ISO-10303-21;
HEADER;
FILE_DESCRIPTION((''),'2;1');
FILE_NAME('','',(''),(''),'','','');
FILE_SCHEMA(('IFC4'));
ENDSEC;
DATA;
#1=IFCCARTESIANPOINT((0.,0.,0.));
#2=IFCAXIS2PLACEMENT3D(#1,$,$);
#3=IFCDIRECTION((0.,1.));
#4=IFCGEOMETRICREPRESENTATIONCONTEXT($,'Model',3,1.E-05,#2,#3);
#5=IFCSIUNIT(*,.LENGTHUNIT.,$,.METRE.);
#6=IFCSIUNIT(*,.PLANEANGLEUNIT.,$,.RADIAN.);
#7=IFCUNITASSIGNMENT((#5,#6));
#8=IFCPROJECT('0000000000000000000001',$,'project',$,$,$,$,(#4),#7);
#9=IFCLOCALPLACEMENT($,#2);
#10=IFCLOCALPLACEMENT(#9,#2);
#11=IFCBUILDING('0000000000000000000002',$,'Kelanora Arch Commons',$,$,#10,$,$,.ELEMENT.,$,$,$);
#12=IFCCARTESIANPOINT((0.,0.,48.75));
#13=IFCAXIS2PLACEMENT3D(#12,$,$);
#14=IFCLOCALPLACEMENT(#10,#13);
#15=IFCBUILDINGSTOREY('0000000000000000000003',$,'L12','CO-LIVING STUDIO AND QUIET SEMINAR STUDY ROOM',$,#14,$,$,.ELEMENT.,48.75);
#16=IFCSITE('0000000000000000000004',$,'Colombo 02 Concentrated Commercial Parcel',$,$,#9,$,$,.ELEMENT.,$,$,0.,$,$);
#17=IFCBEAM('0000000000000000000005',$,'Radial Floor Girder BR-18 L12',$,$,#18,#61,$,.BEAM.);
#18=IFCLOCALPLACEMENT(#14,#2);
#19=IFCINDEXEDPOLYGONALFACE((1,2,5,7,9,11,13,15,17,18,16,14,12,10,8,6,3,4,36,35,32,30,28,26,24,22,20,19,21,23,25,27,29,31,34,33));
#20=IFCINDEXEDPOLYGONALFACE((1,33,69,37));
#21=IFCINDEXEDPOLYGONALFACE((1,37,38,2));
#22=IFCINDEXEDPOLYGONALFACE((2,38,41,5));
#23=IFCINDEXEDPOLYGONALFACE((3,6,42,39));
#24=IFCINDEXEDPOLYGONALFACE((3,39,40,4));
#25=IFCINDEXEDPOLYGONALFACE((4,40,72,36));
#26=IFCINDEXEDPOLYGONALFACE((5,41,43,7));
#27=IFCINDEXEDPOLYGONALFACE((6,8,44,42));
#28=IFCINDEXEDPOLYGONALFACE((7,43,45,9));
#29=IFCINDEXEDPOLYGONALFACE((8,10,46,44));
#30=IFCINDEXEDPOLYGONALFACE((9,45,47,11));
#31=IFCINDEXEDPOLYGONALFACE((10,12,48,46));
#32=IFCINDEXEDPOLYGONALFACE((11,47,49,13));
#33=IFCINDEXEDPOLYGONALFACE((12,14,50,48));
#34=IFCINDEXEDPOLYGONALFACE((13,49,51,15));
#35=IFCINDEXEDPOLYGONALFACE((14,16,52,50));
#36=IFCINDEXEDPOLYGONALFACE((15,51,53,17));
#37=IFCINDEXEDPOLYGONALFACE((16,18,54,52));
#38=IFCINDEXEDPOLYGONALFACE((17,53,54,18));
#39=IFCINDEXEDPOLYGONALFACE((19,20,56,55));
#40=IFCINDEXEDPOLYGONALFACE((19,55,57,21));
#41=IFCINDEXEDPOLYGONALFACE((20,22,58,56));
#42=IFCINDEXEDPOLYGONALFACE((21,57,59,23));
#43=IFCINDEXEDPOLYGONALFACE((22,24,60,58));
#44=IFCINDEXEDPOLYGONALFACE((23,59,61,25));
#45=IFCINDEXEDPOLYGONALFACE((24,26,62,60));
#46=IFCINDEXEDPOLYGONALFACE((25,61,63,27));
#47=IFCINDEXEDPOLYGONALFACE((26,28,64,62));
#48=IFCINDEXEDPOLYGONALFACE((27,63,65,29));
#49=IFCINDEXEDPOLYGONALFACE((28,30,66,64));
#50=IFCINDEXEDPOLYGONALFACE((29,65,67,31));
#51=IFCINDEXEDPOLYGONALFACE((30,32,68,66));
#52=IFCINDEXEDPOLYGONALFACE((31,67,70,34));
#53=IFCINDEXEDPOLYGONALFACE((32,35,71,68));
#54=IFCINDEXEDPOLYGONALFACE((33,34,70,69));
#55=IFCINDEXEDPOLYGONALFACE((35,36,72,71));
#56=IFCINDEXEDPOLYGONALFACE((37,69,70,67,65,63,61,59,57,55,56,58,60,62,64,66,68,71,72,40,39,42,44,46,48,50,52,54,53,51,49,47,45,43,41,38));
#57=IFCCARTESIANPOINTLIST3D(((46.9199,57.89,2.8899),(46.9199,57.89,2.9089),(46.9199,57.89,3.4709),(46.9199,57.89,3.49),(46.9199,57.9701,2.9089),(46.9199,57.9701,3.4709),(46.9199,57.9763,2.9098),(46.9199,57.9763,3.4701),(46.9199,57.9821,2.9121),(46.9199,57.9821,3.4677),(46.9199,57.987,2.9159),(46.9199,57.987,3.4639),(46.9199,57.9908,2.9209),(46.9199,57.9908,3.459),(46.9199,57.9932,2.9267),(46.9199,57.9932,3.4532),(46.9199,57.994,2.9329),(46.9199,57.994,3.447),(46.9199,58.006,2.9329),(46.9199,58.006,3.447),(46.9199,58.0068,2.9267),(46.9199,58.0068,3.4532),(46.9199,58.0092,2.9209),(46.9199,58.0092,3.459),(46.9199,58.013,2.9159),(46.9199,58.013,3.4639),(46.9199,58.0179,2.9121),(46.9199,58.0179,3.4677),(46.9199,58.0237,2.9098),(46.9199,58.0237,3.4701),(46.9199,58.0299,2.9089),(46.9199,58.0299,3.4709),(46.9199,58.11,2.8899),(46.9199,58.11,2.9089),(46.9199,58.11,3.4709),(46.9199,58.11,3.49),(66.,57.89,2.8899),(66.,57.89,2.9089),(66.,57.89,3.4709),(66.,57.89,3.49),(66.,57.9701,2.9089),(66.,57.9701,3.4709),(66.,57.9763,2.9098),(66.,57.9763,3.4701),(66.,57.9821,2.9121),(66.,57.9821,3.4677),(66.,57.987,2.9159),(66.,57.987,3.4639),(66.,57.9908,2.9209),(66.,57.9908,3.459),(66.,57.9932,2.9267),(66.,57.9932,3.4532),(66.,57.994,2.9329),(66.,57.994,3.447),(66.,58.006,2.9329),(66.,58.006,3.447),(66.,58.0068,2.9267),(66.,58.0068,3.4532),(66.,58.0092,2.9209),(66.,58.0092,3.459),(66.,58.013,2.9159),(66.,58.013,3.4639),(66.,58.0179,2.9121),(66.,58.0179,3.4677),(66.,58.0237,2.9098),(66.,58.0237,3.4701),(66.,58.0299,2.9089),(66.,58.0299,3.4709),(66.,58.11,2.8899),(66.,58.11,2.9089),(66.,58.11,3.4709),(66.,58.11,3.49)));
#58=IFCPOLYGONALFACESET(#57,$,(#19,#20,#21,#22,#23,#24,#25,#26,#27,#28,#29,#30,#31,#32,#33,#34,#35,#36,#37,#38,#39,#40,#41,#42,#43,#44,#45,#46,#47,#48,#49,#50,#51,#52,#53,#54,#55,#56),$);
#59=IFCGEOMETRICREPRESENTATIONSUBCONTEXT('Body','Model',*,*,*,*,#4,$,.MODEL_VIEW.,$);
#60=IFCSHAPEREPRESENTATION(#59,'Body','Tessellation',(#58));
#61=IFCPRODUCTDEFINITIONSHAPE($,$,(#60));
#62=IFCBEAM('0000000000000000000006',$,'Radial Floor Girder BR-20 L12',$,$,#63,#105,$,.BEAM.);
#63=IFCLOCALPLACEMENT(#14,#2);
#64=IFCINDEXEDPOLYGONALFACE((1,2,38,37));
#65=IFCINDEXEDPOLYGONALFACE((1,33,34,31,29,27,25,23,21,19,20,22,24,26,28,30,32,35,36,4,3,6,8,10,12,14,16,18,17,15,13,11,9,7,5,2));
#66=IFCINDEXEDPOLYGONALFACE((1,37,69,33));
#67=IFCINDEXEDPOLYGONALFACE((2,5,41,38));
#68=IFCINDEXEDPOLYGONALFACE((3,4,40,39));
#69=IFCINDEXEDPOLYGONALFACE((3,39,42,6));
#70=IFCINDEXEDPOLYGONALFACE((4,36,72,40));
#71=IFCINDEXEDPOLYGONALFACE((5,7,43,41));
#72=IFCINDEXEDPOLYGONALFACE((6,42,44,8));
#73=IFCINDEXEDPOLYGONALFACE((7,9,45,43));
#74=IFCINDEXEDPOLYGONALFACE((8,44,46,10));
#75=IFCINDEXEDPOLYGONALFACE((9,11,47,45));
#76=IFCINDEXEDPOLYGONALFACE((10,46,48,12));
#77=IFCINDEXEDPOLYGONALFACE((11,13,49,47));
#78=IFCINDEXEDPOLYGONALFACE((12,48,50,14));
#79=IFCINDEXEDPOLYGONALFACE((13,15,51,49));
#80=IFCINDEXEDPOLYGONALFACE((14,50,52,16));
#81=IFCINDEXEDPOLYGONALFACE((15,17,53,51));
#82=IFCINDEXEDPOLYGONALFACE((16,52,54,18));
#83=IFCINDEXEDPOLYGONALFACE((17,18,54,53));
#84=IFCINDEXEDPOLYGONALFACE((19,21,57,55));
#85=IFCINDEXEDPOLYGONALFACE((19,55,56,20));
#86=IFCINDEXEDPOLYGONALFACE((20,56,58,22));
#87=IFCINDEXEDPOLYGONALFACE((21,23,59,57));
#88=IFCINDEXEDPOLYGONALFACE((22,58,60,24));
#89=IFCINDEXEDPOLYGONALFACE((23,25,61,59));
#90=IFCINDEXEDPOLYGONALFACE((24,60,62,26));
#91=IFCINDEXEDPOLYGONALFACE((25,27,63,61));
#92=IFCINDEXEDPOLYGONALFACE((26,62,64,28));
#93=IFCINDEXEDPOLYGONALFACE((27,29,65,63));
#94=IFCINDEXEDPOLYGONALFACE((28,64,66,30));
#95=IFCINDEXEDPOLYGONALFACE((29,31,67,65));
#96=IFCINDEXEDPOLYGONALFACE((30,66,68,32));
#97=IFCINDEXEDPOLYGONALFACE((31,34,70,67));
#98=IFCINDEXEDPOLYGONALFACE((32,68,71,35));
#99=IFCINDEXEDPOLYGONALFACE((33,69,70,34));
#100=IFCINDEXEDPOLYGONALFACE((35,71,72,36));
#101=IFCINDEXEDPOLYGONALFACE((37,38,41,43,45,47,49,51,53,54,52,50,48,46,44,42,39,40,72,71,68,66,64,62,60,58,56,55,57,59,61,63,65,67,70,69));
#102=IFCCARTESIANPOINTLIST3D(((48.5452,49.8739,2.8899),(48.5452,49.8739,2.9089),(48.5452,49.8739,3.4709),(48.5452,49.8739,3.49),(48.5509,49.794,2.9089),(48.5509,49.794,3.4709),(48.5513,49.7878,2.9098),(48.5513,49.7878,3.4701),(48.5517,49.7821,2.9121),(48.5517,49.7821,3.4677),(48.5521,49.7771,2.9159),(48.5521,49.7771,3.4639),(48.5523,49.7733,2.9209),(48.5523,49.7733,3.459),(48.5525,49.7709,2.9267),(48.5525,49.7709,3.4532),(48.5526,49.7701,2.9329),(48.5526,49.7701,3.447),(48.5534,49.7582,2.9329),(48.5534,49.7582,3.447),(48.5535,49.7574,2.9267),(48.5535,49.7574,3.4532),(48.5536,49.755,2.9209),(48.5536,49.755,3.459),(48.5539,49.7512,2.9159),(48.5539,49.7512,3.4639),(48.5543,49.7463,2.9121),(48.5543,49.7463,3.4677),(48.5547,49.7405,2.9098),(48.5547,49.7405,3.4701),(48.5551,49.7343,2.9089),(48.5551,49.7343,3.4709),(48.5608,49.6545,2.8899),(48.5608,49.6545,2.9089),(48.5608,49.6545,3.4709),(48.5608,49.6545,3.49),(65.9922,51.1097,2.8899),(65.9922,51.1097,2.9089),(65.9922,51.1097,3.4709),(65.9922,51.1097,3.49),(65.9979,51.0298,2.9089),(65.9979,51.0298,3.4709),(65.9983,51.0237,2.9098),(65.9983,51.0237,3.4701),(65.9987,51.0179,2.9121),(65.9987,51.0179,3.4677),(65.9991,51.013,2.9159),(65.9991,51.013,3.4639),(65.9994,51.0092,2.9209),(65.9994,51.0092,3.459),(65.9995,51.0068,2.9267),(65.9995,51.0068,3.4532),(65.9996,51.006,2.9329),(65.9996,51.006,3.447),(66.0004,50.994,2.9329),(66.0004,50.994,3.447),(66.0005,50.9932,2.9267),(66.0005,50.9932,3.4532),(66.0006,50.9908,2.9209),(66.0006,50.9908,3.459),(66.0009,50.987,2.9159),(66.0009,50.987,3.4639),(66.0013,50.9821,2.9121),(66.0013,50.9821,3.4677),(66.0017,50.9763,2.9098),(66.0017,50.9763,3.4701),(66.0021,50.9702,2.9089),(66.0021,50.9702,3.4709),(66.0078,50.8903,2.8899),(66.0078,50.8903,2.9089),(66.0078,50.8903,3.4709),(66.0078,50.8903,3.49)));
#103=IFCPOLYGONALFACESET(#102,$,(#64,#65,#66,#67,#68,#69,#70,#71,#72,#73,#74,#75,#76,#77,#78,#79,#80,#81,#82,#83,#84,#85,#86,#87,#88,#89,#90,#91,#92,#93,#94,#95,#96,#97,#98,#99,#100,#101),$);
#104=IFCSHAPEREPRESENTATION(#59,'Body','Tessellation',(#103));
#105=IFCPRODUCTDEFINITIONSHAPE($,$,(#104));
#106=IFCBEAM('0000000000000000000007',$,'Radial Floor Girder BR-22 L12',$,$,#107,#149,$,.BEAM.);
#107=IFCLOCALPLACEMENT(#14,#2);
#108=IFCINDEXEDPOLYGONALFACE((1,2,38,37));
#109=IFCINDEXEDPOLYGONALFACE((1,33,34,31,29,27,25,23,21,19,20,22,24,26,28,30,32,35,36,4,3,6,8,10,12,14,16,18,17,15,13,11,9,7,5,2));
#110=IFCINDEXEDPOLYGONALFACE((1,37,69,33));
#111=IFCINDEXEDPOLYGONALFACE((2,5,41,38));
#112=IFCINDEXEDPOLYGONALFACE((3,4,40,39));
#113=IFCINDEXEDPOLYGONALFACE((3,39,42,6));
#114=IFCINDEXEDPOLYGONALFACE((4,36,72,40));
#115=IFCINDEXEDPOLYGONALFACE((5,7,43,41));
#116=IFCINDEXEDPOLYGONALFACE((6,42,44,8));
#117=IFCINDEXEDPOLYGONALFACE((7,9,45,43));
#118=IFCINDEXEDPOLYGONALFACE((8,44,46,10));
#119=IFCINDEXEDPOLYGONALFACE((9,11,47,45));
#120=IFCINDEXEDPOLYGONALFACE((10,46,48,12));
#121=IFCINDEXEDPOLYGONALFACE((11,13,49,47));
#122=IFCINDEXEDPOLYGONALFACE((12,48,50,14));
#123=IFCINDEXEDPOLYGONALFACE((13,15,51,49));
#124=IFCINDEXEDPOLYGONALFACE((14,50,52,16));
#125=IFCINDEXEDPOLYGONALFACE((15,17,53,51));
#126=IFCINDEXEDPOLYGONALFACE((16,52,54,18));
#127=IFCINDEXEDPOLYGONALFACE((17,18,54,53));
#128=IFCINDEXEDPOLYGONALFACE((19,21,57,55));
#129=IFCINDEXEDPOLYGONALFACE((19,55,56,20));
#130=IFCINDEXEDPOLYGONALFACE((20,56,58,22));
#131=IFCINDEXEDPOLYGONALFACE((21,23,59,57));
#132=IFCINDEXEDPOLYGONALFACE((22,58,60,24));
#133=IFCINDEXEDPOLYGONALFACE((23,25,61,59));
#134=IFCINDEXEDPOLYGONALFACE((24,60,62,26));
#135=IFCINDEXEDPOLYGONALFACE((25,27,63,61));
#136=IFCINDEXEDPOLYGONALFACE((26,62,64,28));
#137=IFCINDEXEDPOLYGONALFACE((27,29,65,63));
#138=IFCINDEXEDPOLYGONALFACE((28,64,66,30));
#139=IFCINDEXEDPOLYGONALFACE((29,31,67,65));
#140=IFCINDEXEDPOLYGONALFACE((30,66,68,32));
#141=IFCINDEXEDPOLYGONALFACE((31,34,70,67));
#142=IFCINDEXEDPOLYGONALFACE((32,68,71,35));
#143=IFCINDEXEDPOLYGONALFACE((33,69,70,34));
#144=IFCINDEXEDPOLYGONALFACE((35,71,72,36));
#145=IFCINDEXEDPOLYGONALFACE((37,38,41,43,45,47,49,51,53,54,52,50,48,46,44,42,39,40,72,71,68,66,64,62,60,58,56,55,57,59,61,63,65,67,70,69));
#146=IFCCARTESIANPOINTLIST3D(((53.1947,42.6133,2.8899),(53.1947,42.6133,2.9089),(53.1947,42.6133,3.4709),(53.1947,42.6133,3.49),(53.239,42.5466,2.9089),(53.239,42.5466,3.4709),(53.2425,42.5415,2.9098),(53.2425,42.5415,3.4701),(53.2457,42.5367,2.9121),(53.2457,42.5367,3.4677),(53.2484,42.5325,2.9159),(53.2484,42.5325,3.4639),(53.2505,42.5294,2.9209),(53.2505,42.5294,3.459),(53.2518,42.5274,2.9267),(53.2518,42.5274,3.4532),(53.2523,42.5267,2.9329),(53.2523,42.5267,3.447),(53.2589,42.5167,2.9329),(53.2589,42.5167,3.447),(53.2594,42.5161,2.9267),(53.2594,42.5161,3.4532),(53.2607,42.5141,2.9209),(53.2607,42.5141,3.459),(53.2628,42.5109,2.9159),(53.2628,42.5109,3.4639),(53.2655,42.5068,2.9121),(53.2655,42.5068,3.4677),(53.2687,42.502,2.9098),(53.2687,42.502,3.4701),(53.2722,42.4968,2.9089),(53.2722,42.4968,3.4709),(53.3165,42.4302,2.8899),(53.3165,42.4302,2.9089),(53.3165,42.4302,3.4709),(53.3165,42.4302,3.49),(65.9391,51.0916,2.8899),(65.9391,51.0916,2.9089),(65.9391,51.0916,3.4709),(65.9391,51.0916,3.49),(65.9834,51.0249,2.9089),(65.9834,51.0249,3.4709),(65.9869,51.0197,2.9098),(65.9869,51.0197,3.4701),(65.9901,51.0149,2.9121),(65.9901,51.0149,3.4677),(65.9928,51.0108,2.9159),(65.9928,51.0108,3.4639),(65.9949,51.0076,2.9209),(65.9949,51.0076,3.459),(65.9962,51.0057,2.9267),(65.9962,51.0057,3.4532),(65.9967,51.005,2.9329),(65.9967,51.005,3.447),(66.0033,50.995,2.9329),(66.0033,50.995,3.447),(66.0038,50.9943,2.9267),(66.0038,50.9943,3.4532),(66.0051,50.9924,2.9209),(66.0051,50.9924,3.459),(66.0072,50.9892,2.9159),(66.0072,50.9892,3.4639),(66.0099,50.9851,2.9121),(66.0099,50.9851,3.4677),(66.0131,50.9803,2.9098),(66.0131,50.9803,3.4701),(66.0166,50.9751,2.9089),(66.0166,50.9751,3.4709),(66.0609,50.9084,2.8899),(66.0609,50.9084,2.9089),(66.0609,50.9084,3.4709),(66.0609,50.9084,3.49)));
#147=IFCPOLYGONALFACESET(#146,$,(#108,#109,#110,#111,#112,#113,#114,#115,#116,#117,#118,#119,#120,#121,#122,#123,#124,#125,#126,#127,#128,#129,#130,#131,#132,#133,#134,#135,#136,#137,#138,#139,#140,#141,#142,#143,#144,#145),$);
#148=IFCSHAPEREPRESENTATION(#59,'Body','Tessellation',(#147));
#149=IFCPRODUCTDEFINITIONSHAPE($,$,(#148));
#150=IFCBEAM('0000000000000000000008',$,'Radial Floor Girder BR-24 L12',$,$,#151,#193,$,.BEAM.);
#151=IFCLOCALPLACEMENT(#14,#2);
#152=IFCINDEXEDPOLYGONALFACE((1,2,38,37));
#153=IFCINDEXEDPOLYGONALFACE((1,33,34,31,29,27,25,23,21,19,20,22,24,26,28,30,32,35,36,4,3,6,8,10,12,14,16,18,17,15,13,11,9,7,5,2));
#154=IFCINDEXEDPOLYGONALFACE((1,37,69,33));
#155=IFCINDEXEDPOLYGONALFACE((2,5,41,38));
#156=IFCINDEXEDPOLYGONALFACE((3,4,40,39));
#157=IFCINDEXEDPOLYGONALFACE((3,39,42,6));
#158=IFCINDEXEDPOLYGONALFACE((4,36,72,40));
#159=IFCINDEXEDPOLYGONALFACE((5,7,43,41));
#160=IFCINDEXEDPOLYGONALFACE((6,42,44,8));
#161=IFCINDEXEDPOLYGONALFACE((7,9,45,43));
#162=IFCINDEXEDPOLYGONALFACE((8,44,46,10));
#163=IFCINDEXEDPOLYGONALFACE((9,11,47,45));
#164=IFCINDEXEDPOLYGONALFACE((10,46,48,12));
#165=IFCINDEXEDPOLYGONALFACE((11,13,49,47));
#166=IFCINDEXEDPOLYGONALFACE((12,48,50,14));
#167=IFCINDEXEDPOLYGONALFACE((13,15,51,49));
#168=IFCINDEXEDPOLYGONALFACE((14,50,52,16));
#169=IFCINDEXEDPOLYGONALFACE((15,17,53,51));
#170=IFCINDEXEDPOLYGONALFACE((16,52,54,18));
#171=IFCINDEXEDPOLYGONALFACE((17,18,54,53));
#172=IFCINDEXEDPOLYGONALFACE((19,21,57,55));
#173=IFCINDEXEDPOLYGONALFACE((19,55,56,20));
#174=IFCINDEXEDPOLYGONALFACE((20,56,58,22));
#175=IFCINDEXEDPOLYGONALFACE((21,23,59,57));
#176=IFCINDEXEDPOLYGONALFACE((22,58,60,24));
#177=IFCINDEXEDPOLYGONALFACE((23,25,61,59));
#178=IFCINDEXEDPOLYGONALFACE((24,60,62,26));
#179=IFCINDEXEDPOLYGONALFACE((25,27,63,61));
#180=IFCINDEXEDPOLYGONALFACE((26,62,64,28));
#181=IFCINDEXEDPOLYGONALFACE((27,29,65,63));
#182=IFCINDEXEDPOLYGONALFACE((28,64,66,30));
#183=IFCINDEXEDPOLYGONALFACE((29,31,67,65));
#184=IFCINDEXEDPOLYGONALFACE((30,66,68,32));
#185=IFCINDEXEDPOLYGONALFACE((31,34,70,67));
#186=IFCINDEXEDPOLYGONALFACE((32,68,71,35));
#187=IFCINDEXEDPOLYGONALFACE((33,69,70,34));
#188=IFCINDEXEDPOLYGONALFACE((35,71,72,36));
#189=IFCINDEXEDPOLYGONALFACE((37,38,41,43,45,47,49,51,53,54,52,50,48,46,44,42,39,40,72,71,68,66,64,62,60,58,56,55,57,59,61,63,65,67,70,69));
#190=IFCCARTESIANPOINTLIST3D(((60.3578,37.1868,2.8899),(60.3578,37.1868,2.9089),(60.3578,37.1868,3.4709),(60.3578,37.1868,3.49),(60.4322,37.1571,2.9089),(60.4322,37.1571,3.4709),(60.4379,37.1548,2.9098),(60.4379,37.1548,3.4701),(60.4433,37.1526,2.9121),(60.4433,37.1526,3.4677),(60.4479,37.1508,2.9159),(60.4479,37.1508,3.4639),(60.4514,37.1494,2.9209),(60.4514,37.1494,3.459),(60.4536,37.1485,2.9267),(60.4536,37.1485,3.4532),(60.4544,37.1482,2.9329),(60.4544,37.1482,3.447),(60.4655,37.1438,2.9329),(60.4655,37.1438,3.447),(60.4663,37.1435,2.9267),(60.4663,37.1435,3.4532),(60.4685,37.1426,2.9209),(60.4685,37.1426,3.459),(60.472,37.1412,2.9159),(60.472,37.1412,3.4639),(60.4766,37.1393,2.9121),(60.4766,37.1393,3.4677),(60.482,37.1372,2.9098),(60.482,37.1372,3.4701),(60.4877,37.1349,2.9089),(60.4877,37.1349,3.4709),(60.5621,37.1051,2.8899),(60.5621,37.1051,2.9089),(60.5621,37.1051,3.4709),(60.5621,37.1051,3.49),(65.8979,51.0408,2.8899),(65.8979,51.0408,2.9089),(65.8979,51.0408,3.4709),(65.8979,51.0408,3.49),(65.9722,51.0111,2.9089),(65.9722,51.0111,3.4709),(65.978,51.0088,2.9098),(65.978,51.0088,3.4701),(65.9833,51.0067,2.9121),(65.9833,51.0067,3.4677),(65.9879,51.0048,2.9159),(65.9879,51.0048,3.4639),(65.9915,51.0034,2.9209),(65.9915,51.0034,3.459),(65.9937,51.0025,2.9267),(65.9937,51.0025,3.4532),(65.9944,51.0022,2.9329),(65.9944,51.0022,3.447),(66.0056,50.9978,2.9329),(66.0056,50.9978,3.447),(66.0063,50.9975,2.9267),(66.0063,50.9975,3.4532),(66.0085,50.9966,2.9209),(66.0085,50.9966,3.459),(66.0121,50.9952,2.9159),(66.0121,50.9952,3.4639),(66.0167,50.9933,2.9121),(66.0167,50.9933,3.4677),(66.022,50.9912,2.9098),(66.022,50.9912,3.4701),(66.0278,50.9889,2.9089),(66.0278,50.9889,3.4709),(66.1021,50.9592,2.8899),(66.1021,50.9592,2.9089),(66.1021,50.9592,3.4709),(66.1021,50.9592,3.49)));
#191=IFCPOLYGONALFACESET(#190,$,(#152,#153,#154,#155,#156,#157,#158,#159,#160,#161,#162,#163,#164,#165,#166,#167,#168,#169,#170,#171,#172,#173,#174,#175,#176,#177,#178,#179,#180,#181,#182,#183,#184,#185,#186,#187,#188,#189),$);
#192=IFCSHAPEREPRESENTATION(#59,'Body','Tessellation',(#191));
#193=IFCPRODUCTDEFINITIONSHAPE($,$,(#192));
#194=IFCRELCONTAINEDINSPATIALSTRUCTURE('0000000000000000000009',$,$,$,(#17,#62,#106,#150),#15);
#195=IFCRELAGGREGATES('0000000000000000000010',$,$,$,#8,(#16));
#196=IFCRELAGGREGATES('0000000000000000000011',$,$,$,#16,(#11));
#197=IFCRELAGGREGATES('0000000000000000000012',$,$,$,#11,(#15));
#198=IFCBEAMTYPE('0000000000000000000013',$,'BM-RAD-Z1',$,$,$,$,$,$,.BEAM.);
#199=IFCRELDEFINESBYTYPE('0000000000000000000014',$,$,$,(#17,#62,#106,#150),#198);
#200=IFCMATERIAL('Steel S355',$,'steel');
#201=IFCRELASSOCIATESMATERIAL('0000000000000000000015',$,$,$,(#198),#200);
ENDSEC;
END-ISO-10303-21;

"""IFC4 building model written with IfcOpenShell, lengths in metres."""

from ifc_helpers import new_model, si_unit, direction, frame, origin, origin_2d, place, context, subcontext, project, spatial, i_section, extrude, material, material_profile, profile_set, type_object, element, save


model = new_model("IFC4")

# Units and contexts
model_context = context("Model", 3, precision=1e-05, world=origin(), true_north=direction((0.0, 1.0)))
body_context = subcontext(model_context, "Body", "Model", "MODEL_VIEW")
ifc_project = project(units=[si_unit("LENGTHUNIT", "METRE"), si_unit("PLANEANGLEUNIT", "RADIAN")], contexts=[model_context])

# Site, building, storey
site_placement = place(None, origin())
site = spatial("IfcSite", under=ifc_project, at=site_placement, Name="Colombo 02 Concentrated Commercial Parcel", CompositionType="ELEMENT", RefElevation=0.0)
building_placement = place(site_placement, origin())
building = spatial("IfcBuilding", under=site, at=building_placement, Name="Kelanora Arch Commons", CompositionType="ELEMENT")
storey_placement = place(building_placement, frame((0.0, 0.0, 48.75)))
storey = spatial("IfcBuildingStorey", under=building, at=storey_placement, Name="L12", Description="CO-LIVING STUDIO AND QUIET SEMINAR STUDY ROOM", CompositionType="ELEMENT", Elevation=48.75)

# Beams
ifc_material_1 = material(Name="Steel S355", Category="steel")
ifc_material_profile_1 = material_profile(ifc_material_1, i_section(OverallWidth=0.22, OverallDepth=0.6001, WebThickness=0.012, FlangeThickness=0.019, FilletRadius=0.0239, at=origin_2d()), Name="IPE600")
ifc_profile_set_1 = profile_set([ifc_material_profile_1], Name="Steel S355")
beam_type_1 = type_object("IfcBeamType", Name="BM-RAD-Z1", PredefinedType="BEAM", material=ifc_profile_set_1)
beam_1_placement = place(storey_placement, frame((66.0, 58.0, 3.1899), z_axis=(-1.0, 0.0, 0.0), x_axis=(0.0, -1.0, 0.0)))
element("IfcBeam", 1, at=beam_1_placement, inside=storey, type_object=beam_type_1, Name="Radial Floor Girder BR-18 L12", PredefinedType="BEAM", context=body_context, shape_type="SweptSolid", body=[
    extrude(i_section(OverallWidth=0.22, OverallDepth=0.6001, WebThickness=0.012, FlangeThickness=0.019, FilletRadius=0.0239, at=origin_2d()), origin(), (0.0, 0.0, 1.0), 19.0801),
])
beam_2_placement = place(storey_placement, frame((66.0, 51.0, 3.1899), z_axis=(-0.997501, -0.070657, 0.0), x_axis=(0.070657, -0.997501, 0.0)))
element("IfcBeam", 2, at=beam_2_placement, inside=storey, type_object=beam_type_1, Name="Radial Floor Girder BR-20 L12", PredefinedType="BEAM", context=body_context, shape_type="SweptSolid", body=[
    extrude(i_section(OverallWidth=0.22, OverallDepth=0.6001, WebThickness=0.012, FlangeThickness=0.019, FilletRadius=0.0239, at=origin_2d()), origin(), (0.0, 0.0, 1.0), 17.4907),
])
beam_3_placement = place(storey_placement, frame((66.0, 51.0, 3.1899), z_axis=(-0.832592, -0.553886, 0.0), x_axis=(0.553886, -0.832592, 0.0)))
element("IfcBeam", 3, at=beam_3_placement, inside=storey, type_object=beam_type_1, Name="Radial Floor Girder BR-22 L12", PredefinedType="BEAM", context=body_context, shape_type="SweptSolid", body=[
    extrude(i_section(OverallWidth=0.22, OverallDepth=0.6001, WebThickness=0.012, FlangeThickness=0.019, FilletRadius=0.0239, at=origin_2d()), origin(), (0.0, 0.0, 1.0), 15.3069),
])
beam_4_placement = place(storey_placement, frame((66.0, 51.0, 3.1899), z_axis=(-0.3713, -0.928513, 0.0), x_axis=(0.928513, -0.3713, 0.0)))
element("IfcBeam", 4, at=beam_4_placement, inside=storey, type_object=beam_type_1, Name="Radial Floor Girder BR-24 L12", PredefinedType="BEAM", context=body_context, shape_type="SweptSolid", body=[
    extrude(i_section(OverallWidth=0.22, OverallDepth=0.6001, WebThickness=0.012, FlangeThickness=0.019, FilletRadius=0.0239, at=origin_2d()), origin(), (0.0, 0.0, 1.0), 14.9207),
])

save(model, "model.ifc")
